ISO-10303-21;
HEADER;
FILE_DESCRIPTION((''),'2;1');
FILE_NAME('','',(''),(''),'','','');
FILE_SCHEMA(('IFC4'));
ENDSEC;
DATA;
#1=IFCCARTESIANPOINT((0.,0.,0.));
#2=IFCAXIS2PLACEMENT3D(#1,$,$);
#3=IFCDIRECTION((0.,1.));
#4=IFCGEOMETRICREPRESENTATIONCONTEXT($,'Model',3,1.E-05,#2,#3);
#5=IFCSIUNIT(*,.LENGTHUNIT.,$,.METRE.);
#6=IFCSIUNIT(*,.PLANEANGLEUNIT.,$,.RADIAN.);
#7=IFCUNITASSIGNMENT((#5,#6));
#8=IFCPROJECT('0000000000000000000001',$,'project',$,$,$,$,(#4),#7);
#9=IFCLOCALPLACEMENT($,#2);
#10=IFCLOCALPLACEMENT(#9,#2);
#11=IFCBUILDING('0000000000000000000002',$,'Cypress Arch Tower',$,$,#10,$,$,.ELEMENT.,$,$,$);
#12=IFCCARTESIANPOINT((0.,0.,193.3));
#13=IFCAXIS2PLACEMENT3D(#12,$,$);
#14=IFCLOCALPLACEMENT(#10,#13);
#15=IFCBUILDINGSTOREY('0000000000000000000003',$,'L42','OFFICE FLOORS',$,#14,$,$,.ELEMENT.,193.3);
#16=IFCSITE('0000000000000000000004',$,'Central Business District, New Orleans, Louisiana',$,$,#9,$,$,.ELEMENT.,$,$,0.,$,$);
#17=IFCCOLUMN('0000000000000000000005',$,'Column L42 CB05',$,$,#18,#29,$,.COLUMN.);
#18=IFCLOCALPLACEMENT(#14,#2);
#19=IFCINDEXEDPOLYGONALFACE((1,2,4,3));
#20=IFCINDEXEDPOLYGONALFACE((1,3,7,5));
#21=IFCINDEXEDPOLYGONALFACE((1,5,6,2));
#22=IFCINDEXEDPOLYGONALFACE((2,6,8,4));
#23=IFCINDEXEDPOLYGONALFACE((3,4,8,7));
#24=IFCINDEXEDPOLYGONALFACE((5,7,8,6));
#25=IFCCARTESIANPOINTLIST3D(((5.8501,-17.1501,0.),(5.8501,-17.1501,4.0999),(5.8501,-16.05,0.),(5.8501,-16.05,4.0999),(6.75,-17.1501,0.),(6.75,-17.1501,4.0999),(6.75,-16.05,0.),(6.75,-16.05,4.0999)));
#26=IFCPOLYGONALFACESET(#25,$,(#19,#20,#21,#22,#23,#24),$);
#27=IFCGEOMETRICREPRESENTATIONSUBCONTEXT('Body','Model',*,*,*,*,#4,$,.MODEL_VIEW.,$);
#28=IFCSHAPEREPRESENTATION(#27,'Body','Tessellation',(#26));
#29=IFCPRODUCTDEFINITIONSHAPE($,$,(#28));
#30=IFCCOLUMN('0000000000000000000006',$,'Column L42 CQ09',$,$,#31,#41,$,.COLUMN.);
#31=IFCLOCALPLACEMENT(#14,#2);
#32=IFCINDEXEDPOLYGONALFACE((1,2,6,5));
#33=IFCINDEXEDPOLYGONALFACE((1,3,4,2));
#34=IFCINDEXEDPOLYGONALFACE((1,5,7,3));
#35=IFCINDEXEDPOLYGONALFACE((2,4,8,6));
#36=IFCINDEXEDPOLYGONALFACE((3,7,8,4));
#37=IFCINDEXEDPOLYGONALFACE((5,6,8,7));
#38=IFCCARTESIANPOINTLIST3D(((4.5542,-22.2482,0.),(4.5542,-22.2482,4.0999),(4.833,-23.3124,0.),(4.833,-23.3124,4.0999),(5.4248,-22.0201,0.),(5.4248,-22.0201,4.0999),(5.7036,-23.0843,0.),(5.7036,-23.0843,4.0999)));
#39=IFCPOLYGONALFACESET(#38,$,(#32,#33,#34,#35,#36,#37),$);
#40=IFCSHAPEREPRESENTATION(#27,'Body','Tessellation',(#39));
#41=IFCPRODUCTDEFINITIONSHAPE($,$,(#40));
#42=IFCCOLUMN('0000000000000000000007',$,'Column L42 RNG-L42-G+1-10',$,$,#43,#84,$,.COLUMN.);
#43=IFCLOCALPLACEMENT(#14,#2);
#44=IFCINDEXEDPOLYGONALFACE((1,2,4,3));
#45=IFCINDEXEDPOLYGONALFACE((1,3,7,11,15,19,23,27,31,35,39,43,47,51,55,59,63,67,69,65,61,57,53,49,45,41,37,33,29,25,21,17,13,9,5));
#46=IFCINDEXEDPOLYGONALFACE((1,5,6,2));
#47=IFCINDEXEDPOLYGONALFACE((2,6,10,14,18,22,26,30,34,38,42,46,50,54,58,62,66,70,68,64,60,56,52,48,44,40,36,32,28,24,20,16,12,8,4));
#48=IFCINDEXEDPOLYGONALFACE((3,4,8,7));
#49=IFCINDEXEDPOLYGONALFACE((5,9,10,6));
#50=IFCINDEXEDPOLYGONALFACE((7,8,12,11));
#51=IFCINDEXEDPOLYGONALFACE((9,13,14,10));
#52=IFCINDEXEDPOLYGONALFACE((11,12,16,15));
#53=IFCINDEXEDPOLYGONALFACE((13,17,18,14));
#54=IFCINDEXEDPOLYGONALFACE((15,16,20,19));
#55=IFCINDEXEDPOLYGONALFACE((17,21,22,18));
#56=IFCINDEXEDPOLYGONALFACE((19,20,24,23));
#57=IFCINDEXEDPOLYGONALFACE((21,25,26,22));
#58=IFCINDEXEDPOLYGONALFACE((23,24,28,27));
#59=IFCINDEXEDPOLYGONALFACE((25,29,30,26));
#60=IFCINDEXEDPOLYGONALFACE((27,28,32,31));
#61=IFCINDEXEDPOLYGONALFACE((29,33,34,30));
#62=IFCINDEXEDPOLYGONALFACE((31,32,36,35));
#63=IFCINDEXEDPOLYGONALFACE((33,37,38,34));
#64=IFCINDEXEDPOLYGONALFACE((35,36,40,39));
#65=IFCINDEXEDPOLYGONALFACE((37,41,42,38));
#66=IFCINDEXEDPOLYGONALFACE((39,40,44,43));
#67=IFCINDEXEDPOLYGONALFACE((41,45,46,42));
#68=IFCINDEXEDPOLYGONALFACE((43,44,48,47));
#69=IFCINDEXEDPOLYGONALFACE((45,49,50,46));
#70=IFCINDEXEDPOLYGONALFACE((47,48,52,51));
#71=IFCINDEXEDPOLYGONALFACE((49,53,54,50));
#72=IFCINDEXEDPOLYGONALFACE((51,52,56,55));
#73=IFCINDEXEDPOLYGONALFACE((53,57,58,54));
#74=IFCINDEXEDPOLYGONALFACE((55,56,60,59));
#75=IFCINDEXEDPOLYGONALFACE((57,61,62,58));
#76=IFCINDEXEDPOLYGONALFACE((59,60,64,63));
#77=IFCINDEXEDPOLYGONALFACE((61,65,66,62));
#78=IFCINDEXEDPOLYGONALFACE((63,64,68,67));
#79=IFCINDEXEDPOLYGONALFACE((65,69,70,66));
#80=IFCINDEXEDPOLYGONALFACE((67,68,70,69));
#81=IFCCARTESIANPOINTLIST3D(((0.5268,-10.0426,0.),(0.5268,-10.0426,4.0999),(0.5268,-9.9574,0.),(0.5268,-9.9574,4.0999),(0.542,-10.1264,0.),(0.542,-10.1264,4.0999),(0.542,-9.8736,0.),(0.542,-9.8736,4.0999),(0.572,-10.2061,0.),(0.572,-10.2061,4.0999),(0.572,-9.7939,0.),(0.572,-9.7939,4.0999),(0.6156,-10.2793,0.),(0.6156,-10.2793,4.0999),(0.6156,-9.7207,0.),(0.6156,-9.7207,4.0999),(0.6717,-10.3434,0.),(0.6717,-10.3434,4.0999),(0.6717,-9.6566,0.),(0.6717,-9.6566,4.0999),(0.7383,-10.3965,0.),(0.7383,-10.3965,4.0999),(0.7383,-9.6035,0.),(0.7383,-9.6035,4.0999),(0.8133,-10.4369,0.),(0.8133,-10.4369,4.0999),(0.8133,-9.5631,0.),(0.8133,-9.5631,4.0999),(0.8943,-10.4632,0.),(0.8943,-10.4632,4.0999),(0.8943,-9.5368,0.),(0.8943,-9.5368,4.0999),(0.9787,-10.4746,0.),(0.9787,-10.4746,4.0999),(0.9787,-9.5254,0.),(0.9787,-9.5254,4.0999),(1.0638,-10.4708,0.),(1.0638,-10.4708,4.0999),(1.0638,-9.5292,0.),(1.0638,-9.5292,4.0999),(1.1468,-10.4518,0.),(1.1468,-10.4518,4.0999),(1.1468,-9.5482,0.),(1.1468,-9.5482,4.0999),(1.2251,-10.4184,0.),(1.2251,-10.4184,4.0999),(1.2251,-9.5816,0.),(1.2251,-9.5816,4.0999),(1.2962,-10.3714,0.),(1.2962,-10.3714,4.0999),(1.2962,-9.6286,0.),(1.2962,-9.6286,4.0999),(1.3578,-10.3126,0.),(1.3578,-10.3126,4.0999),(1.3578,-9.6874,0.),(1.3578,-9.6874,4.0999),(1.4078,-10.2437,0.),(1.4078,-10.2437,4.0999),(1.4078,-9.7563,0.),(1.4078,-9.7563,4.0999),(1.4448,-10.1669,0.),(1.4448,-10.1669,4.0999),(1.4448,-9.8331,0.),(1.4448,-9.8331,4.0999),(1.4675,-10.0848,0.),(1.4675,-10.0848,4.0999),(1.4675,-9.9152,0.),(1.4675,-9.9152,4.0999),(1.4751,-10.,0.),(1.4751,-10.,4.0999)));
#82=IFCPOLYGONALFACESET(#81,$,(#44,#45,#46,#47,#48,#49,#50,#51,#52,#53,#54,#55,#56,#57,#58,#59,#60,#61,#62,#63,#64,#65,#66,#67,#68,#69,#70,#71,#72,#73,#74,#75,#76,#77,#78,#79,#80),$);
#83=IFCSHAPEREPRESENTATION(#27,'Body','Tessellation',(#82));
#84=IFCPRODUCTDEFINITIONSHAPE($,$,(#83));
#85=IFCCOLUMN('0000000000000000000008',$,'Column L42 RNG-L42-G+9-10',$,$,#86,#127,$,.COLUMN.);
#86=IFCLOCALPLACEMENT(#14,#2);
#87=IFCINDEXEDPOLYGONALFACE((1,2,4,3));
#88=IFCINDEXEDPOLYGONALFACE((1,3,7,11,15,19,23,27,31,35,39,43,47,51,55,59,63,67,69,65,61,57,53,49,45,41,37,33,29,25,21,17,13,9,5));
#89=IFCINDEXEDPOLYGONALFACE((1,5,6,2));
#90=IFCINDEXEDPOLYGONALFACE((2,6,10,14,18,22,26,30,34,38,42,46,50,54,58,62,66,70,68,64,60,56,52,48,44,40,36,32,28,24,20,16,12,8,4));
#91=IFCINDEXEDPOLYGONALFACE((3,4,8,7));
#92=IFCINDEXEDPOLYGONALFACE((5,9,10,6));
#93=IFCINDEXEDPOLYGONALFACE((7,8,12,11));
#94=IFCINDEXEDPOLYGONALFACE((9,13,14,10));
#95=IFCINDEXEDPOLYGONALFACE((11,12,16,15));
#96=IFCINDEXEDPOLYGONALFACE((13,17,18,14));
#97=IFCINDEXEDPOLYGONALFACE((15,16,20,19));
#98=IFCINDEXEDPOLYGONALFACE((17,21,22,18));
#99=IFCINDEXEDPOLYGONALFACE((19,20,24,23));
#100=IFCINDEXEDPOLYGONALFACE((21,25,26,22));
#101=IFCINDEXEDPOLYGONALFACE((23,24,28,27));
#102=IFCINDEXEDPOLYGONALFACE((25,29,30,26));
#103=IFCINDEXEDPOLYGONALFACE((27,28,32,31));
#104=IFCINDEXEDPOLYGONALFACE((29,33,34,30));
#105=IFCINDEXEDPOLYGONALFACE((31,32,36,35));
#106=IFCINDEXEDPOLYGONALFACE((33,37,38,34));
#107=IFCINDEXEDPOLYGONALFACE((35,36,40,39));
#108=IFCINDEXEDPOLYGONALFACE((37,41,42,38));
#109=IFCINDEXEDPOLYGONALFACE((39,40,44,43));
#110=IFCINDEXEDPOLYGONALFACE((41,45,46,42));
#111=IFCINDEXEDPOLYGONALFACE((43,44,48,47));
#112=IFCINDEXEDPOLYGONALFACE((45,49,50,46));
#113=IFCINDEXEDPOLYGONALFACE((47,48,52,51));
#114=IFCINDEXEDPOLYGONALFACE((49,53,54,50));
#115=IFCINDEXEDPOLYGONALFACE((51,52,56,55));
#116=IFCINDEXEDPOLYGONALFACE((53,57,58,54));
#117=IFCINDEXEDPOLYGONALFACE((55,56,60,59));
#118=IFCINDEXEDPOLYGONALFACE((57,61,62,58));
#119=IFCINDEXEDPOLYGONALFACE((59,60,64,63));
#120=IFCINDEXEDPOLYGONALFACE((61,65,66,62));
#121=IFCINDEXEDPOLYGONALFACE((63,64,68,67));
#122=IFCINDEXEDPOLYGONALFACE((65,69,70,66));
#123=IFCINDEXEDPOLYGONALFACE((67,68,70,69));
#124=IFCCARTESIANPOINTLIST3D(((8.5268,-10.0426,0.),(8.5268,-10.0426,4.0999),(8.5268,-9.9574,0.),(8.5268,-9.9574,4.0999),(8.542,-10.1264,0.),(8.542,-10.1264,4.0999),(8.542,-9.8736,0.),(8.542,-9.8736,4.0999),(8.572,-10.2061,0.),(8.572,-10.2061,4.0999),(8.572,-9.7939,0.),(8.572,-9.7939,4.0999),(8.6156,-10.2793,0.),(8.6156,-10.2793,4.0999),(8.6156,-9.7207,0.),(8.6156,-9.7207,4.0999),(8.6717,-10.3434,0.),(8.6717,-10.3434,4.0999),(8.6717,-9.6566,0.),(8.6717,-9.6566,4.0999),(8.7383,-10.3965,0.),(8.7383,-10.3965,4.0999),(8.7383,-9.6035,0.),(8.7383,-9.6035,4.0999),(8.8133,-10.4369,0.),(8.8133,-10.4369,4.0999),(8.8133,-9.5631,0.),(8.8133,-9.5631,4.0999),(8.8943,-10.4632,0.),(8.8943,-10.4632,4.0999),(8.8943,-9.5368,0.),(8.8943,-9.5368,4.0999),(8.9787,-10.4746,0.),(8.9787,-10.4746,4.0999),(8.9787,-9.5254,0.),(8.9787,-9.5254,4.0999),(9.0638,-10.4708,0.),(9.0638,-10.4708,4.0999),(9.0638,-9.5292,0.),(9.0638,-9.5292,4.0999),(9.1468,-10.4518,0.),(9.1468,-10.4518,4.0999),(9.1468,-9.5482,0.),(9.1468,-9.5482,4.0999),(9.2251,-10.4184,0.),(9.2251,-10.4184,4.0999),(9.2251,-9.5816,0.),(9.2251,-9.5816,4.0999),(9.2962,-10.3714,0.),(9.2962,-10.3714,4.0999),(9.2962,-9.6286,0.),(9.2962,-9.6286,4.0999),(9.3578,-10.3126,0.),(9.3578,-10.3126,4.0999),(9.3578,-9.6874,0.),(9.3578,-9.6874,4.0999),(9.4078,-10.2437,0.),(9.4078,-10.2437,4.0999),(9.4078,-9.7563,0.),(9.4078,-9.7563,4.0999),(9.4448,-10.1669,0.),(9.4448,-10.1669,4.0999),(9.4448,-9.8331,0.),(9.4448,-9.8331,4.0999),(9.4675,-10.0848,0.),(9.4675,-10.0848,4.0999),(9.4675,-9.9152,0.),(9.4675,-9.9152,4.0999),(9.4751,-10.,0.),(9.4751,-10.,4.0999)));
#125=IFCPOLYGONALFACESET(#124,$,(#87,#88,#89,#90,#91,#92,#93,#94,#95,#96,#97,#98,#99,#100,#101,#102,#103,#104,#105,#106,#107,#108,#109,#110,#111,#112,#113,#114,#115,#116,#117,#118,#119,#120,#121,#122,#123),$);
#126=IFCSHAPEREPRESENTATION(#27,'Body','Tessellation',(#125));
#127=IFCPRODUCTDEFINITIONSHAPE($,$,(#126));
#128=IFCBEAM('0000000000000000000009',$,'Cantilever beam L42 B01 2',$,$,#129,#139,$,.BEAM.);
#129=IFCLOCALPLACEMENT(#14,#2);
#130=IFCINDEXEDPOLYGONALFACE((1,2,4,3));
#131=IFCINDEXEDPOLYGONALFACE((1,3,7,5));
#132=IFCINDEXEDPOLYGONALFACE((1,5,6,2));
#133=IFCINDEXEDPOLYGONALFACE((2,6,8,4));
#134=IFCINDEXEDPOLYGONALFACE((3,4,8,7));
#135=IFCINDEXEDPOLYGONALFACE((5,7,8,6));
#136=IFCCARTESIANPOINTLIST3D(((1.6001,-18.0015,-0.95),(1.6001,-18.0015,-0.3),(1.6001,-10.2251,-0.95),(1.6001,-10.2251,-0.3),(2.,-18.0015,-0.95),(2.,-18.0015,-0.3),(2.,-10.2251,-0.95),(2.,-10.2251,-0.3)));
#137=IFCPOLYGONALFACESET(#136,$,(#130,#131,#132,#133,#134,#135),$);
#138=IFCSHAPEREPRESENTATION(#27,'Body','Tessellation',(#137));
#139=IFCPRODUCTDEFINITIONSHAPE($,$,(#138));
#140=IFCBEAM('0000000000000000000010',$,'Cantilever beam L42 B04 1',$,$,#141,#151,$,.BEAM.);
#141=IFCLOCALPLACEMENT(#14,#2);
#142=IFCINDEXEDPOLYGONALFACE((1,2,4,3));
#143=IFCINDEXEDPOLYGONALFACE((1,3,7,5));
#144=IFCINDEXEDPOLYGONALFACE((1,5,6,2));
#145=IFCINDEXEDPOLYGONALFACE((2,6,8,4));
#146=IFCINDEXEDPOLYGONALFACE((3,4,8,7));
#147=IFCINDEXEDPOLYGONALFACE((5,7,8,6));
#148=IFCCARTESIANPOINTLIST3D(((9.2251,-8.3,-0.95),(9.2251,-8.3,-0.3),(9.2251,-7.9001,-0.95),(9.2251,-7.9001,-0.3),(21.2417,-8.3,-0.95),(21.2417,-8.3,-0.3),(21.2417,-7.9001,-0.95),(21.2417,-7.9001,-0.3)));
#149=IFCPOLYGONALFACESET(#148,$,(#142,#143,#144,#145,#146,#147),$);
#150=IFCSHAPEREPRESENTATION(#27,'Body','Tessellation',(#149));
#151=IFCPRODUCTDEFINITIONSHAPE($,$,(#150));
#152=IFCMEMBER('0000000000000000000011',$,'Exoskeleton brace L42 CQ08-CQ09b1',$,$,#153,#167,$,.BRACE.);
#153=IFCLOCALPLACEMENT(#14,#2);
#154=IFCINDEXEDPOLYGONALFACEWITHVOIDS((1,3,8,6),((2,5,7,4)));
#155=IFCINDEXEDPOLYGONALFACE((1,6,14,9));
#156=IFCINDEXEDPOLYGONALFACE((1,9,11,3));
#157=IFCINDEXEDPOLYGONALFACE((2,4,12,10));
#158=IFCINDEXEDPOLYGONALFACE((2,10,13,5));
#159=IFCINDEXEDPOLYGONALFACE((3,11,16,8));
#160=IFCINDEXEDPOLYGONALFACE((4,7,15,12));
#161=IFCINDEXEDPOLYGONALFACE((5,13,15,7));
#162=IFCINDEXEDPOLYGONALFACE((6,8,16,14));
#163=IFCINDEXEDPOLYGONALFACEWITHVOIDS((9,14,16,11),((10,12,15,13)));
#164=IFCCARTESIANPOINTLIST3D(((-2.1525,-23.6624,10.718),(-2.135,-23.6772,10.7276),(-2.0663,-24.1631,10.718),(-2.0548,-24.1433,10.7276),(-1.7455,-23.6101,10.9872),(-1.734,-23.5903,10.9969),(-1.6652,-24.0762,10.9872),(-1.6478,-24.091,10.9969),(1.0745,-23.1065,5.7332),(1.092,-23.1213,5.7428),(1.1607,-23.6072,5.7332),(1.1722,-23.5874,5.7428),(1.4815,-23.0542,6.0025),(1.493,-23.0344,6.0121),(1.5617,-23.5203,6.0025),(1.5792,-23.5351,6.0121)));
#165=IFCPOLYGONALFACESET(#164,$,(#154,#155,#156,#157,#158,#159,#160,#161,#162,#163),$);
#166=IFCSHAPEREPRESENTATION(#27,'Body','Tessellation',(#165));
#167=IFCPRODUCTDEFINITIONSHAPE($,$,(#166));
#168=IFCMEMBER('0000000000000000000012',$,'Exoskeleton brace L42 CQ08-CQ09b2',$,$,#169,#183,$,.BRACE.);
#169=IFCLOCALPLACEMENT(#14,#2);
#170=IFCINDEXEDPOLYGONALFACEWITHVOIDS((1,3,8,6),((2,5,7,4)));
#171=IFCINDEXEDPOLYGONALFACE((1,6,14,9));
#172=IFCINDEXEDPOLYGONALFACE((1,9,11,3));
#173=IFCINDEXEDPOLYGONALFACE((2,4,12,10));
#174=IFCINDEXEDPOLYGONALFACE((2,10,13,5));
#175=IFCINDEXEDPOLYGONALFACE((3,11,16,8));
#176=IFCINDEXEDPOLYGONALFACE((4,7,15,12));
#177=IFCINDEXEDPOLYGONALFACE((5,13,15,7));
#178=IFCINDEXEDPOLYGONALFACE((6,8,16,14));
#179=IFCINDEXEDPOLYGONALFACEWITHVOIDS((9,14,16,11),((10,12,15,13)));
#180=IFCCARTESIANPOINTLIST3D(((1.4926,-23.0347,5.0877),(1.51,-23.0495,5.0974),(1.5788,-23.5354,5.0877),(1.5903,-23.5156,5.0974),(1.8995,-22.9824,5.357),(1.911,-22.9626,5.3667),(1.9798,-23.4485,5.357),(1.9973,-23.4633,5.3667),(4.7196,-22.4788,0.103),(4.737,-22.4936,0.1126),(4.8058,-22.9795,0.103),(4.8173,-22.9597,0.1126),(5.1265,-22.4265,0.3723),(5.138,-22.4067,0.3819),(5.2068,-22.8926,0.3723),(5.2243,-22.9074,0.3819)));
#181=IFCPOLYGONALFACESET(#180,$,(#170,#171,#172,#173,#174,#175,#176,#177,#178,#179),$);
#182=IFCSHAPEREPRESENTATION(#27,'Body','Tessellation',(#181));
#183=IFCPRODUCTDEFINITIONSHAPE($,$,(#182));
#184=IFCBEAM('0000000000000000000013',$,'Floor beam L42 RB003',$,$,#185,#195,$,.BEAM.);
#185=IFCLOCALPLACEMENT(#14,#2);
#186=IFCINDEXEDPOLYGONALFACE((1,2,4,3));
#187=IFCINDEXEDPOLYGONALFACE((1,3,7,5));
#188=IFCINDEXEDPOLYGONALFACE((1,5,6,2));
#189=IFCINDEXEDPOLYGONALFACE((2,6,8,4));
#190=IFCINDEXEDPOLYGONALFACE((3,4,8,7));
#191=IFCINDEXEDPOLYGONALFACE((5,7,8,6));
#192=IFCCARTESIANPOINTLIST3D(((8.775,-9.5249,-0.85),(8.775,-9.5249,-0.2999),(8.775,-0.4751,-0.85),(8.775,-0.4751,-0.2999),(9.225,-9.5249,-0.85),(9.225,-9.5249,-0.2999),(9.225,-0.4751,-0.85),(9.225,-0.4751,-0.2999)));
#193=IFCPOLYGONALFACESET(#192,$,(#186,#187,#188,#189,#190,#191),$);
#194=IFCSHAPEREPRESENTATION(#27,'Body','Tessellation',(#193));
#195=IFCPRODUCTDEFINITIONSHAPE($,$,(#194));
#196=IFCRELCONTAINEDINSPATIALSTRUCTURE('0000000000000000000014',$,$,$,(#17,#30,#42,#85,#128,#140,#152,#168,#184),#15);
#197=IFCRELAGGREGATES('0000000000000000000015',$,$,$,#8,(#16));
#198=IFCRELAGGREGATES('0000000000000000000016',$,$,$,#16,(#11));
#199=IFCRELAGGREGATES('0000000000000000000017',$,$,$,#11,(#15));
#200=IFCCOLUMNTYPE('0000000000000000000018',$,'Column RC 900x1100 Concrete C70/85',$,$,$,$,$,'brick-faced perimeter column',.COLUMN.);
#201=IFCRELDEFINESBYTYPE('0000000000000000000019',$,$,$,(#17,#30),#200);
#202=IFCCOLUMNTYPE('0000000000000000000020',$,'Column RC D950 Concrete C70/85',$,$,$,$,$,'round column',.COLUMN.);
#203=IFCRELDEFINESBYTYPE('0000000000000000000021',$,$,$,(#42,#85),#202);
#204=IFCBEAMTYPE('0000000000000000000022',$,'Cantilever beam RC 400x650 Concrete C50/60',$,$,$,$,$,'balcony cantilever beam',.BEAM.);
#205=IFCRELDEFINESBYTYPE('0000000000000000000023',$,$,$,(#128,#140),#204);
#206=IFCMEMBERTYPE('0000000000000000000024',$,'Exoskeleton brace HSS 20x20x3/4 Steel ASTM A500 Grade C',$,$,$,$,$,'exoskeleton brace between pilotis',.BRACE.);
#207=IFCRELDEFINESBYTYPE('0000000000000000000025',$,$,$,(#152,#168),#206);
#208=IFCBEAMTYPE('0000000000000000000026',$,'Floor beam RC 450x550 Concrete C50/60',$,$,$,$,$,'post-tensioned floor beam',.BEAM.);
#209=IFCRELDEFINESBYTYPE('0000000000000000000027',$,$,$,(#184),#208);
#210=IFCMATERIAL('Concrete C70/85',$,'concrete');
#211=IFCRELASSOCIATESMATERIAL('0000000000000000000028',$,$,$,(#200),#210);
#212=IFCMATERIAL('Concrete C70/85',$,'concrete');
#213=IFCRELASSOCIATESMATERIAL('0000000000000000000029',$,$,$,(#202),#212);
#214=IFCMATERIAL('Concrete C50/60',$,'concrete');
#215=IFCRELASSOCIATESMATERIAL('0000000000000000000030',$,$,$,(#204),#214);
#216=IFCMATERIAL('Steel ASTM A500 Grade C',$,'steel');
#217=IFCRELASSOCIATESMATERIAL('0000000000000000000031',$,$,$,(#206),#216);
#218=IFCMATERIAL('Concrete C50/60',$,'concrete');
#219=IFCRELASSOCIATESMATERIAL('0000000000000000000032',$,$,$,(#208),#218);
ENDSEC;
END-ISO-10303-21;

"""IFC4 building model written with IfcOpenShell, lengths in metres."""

from ifc_helpers import new_model, si_unit, direction, frame, origin, origin_2d, place, context, subcontext, project, spatial, rectangle, hollow_rectangle, circle, extrude, material, material_profile, profile_set, type_object, element, save


model = new_model("IFC4")

# Units and contexts
model_context = context("Model", 3, precision=1e-05, world=origin(), true_north=direction((0.0, 1.0)))
body_context = subcontext(model_context, "Body", "Model", "MODEL_VIEW")
ifc_project = project(units=[si_unit("LENGTHUNIT", "METRE"), si_unit("PLANEANGLEUNIT", "RADIAN")], contexts=[model_context])

# Site, building, storey
site_placement = place(None, origin())
site = spatial("IfcSite", under=ifc_project, at=site_placement, Name="Central Business District, New Orleans, Louisiana", CompositionType="ELEMENT", RefElevation=0.0)
building_placement = place(site_placement, origin())
building = spatial("IfcBuilding", under=site, at=building_placement, Name="Cypress Arch Tower", CompositionType="ELEMENT")
storey_placement = place(building_placement, frame((0.0, 0.0, 193.3)))
storey = spatial("IfcBuildingStorey", under=building, at=storey_placement, Name="L42", Description="OFFICE FLOORS", CompositionType="ELEMENT", Elevation=193.3)

# Columns
ifc_material_1 = material(Name="Concrete C70/85", Category="concrete")
ifc_material_profile_1 = material_profile(ifc_material_1, rectangle(XDim=0.8999, YDim=1.1001, at=origin_2d()), Name="RC 900x1100")
ifc_profile_set_1 = profile_set([ifc_material_profile_1], Name="Concrete C70/85")
column_type_1 = type_object("IfcColumnType", Name="Column RC 900x1100 Concrete C70/85", ElementType="brick-faced perimeter column", PredefinedType="COLUMN", material=ifc_profile_set_1)
for number, where, z_axis, x_axis, name in (
    (1, (6.3, -16.6001, 0.0), (0.0, 0.0, 1.0), (1.0, 0.0, 0.0), "Column L42 CB05"),
    (2, (5.1289, -22.6663, 0.0), (0.0, 0.0, 1.0), (0.967356, 0.253422, 0.0), "Column L42 CQ09"),
):
    element("IfcColumn", number, at=place(storey_placement, frame(where, z_axis=z_axis, x_axis=x_axis)), inside=storey, type_object=column_type_1, Name=name, PredefinedType="COLUMN", context=body_context, shape_type="SweptSolid", body=[
        extrude(rectangle(XDim=0.8999, YDim=1.1001, at=origin_2d()), origin(), (0.0, 0.0, 1.0), 4.0999),
    ])
ifc_material_2 = material(Name="Concrete C70/85", Category="concrete")
ifc_material_profile_2 = material_profile(ifc_material_2, circle(Radius=0.4751, at=origin_2d()), Name="RC D950")
ifc_profile_set_2 = profile_set([ifc_material_profile_2], Name="Concrete C70/85")
column_type_2 = type_object("IfcColumnType", Name="Column RC D950 Concrete C70/85", ElementType="round column", PredefinedType="COLUMN", material=ifc_profile_set_2)
for number, where, z_axis, x_axis, name in (
    (3, (1.0, -10.0, 0.0), (0.0, 0.0, 1.0), (1.0, 0.0, 0.0), "Column L42 RNG-L42-G+1-10"),
    (4, (9.0, -10.0, 0.0), (0.0, 0.0, 1.0), (1.0, 0.0, 0.0), "Column L42 RNG-L42-G+9-10"),
):
    element("IfcColumn", number, at=place(storey_placement, frame(where, z_axis=z_axis, x_axis=x_axis)), inside=storey, type_object=column_type_2, Name=name, PredefinedType="COLUMN", context=body_context, shape_type="SweptSolid", body=[
        extrude(circle(Radius=0.4751, at=origin_2d()), origin(), (0.0, 0.0, 1.0), 4.0999),
    ])

# Beams
ifc_material_3 = material(Name="Concrete C50/60", Category="concrete")
ifc_material_profile_3 = material_profile(ifc_material_3, rectangle(XDim=0.3999, YDim=0.6499, at=origin_2d()), Name="RC 400x650")
ifc_profile_set_3 = profile_set([ifc_material_profile_3], Name="Concrete C50/60")
beam_type_1 = type_object("IfcBeamType", Name="Cantilever beam RC 400x650 Concrete C50/60", ElementType="balcony cantilever beam", PredefinedType="BEAM", material=ifc_profile_set_3)
beam_1_placement = place(storey_placement, frame((1.8, -10.2251, -0.625), z_axis=(0.0, -1.0, 0.0), x_axis=(1.0, 0.0, 0.0)))
element("IfcBeam", 5, at=beam_1_placement, inside=storey, type_object=beam_type_1, Name="Cantilever beam L42 B01 2", PredefinedType="BEAM", context=body_context, shape_type="SweptSolid", body=[
    extrude(rectangle(XDim=0.3999, YDim=0.6499, at=origin_2d()), origin(), (0.0, 0.0, 1.0), 7.7764),
])
beam_2_placement = place(storey_placement, frame((9.2251, -8.1001, -0.625), z_axis=(1.0, 0.0, 0.0), x_axis=(0.0, 1.0, 0.0)))
element("IfcBeam", 6, at=beam_2_placement, inside=storey, type_object=beam_type_1, Name="Cantilever beam L42 B04 1", PredefinedType="BEAM", context=body_context, shape_type="SweptSolid", body=[
    extrude(rectangle(XDim=0.3999, YDim=0.6499, at=origin_2d()), origin(), (0.0, 0.0, 1.0), 12.0166),
])

# Members
ifc_material_4 = material(Name="Steel ASTM A500 Grade C", Category="steel")
ifc_material_profile_4 = material_profile(ifc_material_4, hollow_rectangle(XDim=0.5081, YDim=0.5081, WallThickness=0.0176, at=origin_2d()), Name="HSS 20x20x3/4")
ifc_profile_set_4 = profile_set([ifc_material_profile_4], Name="Steel ASTM A500 Grade C")
member_type = type_object("IfcMemberType", Name="Exoskeleton brace HSS 20x20x3/4 Steel ASTM A500 Grade C", ElementType="exoskeleton brace between pilotis", PredefinedType="BRACE", material=ifc_profile_set_4)
for number, where, z_axis, x_axis, name in (
    (7, (-1.9001, -23.8767, 10.8574), (0.54107, 0.093207, -0.835797), (-0.169765, 0.985485, 0.0), "Exoskeleton brace L42 CQ08-CQ09b1"),
    (8, (4.9719, -22.6931, 0.2424), (-0.54107, -0.093207, 0.835797), (0.169765, -0.985485, 0.0), "Exoskeleton brace L42 CQ08-CQ09b2"),
):
    element("IfcMember", number, at=place(storey_placement, frame(where, z_axis=z_axis, x_axis=x_axis)), inside=storey, type_object=member_type, Name=name, PredefinedType="BRACE", context=body_context, shape_type="SweptSolid", body=[
        extrude(hollow_rectangle(XDim=0.5081, YDim=0.5081, WallThickness=0.0176, at=origin_2d()), origin(), (0.0, 0.0, 1.0), 5.9641),
    ])

# Beam
ifc_material_5 = material(Name="Concrete C50/60", Category="concrete")
ifc_material_profile_5 = material_profile(ifc_material_5, rectangle(XDim=0.45, YDim=0.55, at=origin_2d()), Name="RC 450x550")
ifc_profile_set_5 = profile_set([ifc_material_profile_5], Name="Concrete C50/60")
beam_type_2 = type_object("IfcBeamType", Name="Floor beam RC 450x550 Concrete C50/60", ElementType="post-tensioned floor beam", PredefinedType="BEAM", material=ifc_profile_set_5)
beam_3_placement = place(storey_placement, frame((9.0, -9.5249, -0.575), z_axis=(0.0, 1.0, 0.0), x_axis=(-1.0, 0.0, 0.0)))
element("IfcBeam", 9, at=beam_3_placement, inside=storey, type_object=beam_type_2, Name="Floor beam L42 RB003", PredefinedType="BEAM", context=body_context, shape_type="SweptSolid", body=[
    extrude(rectangle(XDim=0.45, YDim=0.55, at=origin_2d()), origin(), (0.0, 0.0, 1.0), 9.0498),
])

save(model, "model.ifc")
